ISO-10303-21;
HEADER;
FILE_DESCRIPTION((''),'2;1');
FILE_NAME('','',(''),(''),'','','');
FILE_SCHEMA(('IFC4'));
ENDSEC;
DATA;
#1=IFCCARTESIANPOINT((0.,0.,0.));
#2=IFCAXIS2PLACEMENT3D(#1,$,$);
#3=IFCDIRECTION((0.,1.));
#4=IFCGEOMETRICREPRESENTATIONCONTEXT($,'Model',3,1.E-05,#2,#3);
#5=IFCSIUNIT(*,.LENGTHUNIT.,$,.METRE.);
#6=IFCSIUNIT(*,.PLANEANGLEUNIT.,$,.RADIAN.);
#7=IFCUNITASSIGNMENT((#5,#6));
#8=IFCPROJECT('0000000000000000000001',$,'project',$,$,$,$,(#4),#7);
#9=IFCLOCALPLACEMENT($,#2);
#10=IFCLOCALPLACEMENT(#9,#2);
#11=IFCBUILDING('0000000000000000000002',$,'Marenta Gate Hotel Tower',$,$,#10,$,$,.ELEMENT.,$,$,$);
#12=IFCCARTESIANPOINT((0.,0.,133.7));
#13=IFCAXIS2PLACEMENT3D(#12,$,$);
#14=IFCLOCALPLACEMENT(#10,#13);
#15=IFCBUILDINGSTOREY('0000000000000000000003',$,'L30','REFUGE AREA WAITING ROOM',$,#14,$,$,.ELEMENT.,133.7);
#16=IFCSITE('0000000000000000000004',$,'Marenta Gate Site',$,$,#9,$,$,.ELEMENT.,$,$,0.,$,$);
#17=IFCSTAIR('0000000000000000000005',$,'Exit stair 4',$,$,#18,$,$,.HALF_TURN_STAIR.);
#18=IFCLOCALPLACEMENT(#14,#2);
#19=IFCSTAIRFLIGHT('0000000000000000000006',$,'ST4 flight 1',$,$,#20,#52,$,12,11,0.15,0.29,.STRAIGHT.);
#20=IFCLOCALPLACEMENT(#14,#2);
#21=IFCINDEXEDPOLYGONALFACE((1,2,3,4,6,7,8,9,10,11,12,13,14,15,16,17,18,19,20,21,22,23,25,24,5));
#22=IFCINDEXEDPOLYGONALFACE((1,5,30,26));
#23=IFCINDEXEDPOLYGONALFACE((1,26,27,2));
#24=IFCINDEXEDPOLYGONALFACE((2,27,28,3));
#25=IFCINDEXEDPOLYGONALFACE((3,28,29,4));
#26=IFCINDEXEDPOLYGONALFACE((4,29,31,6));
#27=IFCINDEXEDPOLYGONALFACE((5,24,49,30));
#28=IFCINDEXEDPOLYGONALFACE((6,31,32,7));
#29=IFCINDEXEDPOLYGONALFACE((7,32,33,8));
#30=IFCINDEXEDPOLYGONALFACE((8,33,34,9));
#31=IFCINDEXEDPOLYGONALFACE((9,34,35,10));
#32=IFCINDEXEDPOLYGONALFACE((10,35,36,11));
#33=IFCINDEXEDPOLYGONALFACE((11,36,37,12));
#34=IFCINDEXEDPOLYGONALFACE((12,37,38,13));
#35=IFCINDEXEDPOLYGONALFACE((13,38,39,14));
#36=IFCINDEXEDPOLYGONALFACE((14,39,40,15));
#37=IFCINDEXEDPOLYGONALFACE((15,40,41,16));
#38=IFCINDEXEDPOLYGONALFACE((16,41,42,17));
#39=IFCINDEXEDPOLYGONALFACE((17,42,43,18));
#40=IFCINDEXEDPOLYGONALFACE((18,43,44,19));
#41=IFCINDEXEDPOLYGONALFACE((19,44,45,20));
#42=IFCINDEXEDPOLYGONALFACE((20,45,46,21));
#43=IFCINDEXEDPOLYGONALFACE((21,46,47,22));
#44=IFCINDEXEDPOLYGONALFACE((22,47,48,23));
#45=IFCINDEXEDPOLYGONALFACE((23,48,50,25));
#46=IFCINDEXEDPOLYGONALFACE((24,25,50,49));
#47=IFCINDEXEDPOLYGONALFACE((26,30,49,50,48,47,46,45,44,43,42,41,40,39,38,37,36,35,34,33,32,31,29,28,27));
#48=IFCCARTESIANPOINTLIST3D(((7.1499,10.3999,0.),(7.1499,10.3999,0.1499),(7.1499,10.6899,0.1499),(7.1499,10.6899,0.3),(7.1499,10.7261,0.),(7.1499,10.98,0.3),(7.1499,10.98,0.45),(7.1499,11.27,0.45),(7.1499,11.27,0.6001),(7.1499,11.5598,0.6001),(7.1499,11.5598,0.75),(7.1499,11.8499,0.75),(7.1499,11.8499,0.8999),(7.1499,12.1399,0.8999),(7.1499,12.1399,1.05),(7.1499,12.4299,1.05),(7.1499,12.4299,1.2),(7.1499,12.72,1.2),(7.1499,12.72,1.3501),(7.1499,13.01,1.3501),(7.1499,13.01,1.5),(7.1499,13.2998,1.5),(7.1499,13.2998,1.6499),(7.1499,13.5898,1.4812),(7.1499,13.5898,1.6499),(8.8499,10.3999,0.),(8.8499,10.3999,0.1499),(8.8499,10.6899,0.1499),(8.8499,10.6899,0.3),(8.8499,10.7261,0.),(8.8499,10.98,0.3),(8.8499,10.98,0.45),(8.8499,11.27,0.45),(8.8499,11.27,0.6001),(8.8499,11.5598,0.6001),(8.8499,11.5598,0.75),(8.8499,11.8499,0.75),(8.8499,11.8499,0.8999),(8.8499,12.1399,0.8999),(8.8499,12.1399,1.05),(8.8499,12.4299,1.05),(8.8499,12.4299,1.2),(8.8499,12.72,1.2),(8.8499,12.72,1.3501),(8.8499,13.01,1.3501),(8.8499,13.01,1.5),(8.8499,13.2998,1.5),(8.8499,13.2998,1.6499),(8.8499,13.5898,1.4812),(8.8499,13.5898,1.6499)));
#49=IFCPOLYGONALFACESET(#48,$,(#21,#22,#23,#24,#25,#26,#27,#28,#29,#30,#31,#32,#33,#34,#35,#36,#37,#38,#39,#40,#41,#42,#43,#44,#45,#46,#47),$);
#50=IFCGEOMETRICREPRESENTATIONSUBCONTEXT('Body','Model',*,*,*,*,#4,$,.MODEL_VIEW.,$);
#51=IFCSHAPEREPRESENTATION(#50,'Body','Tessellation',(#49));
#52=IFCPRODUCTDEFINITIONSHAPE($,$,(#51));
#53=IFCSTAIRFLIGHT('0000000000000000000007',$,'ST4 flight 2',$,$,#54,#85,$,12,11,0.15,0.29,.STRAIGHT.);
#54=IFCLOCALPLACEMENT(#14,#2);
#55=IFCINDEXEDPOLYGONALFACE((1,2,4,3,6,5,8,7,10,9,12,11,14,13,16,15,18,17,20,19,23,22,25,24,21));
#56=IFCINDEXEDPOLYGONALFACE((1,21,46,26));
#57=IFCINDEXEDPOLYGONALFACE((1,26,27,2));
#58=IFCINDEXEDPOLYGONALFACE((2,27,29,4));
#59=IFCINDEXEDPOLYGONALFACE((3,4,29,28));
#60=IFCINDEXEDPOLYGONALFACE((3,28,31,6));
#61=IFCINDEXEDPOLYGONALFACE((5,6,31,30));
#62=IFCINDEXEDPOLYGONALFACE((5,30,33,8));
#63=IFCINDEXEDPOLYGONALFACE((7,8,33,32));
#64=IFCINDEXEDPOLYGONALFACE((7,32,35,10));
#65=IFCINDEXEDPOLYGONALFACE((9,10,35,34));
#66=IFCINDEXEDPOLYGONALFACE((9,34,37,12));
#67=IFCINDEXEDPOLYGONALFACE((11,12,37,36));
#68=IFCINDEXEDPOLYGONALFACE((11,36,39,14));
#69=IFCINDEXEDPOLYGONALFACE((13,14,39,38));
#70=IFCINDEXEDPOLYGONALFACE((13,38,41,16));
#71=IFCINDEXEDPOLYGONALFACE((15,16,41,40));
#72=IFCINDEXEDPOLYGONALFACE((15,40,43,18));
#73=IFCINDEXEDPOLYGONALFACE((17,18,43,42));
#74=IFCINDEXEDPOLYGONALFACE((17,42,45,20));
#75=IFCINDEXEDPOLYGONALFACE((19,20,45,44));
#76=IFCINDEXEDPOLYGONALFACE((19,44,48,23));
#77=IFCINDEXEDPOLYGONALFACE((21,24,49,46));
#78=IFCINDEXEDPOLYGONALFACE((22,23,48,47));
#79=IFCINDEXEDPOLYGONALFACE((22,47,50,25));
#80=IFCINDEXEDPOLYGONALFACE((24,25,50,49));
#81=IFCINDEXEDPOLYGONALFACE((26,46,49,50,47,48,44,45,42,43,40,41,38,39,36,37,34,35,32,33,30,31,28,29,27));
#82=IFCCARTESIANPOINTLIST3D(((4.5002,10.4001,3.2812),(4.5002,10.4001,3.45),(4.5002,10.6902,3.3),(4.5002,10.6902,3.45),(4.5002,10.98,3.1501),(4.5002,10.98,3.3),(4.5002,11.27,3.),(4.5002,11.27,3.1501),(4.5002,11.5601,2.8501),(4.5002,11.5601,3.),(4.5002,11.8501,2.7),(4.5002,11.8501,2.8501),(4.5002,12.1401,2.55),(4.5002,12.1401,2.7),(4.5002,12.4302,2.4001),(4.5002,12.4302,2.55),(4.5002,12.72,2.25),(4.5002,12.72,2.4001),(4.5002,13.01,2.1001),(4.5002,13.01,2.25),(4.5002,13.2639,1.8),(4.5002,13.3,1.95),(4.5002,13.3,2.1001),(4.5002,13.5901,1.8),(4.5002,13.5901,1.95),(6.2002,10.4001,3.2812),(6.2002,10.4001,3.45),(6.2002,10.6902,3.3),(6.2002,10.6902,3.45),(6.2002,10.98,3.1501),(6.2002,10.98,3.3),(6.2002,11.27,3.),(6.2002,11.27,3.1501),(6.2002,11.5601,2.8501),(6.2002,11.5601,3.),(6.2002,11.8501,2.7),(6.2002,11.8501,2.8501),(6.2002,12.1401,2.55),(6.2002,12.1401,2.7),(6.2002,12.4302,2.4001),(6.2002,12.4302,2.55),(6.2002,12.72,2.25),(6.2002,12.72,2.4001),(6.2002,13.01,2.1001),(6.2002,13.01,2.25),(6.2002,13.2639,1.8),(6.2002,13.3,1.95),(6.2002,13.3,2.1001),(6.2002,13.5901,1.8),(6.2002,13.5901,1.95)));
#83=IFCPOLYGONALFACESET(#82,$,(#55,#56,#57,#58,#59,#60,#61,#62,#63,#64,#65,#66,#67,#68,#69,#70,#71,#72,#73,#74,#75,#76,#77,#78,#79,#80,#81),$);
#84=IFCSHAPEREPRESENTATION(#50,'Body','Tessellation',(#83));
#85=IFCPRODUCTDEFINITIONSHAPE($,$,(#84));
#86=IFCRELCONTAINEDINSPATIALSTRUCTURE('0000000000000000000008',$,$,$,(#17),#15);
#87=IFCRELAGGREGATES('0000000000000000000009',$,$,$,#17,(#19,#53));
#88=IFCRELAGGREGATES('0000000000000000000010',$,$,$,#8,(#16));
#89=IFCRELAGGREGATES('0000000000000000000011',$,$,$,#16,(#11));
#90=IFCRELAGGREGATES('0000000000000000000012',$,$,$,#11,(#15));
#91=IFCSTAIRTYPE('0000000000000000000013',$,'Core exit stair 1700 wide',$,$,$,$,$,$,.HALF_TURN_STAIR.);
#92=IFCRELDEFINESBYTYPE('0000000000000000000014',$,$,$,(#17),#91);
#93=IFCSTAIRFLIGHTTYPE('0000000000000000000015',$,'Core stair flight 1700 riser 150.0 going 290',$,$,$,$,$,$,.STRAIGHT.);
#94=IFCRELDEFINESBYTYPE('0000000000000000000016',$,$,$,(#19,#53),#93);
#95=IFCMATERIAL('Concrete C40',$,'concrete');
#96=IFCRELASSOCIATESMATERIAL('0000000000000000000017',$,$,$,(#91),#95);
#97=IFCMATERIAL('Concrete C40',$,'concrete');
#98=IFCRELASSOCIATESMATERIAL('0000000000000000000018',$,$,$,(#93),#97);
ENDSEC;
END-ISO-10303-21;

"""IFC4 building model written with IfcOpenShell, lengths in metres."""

from ifc_helpers import new_model, si_unit, direction, frame, origin, place, context, subcontext, project, spatial, polyline, outline, extrude, material, type_object, element, aggregate, save


model = new_model("IFC4")

# Units and contexts
model_context = context("Model", 3, precision=1e-05, world=origin(), true_north=direction((0.0, 1.0)))
body_context = subcontext(model_context, "Body", "Model", "MODEL_VIEW")
ifc_project = project(units=[si_unit("LENGTHUNIT", "METRE"), si_unit("PLANEANGLEUNIT", "RADIAN")], contexts=[model_context])

# Site, building, storey
site_placement = place(None, origin())
site = spatial("IfcSite", under=ifc_project, at=site_placement, Name="Marenta Gate Site", CompositionType="ELEMENT", RefElevation=0.0)
building_placement = place(site_placement, origin())
building = spatial("IfcBuilding", under=site, at=building_placement, Name="Marenta Gate Hotel Tower", CompositionType="ELEMENT")
storey_placement = place(building_placement, frame((0.0, 0.0, 133.7)))
storey = spatial("IfcBuildingStorey", under=building, at=storey_placement, Name="L30", Description="REFUGE AREA WAITING ROOM", CompositionType="ELEMENT", Elevation=133.7)

# Stair, stair flights
ifc_material_1 = material(Name="Concrete C40", Category="concrete")
stair_type_1 = type_object("IfcStairType", Name="Core exit stair 1700 wide", PredefinedType="HALF_TURN_STAIR", material=ifc_material_1)
ifc_material_2 = material(Name="Concrete C40", Category="concrete")
stair_flight_type = type_object("IfcStairFlightType", Name="Core stair flight 1700 riser 150.0 going 290", PredefinedType="STRAIGHT", material=ifc_material_2)
stair_1_placement = place(storey_placement, origin())
stair_1 = element("IfcStair", 1, at=stair_1_placement, inside=storey, type_object=stair_type_1, Name="Exit stair 4", PredefinedType="HALF_TURN_STAIR")
stair_flight_1_placement = place(storey_placement, frame((8.0, 10.3999, 0.0), z_axis=(0.0, 0.0, 1.0), x_axis=(0.0, 1.0, 0.0)))
stair_flight_1 = element("IfcStairFlight", 2, at=stair_flight_1_placement, type_object=stair_flight_type, Name="ST4 flight 1", NumberOfRisers=12, NumberOfTreads=11, PredefinedType="STRAIGHT", RiserHeight=0.15, TreadLength=0.29, context=body_context, shape_type="SweptSolid", body=[
    extrude(outline(polyline([(0.0, 0.0), (0.0, 0.1499), (0.29, 0.1499), (0.29, 0.3), (0.5801, 0.3), (0.5801, 0.45), (0.8701, 0.45), (0.8701, 0.6001), (1.1599, 0.6001), (1.1599, 0.75), (1.45, 0.75), (1.45, 0.8999), (1.74, 0.8999), (1.74, 1.05), (2.03, 1.05), (2.03, 1.2), (2.3201, 1.2), (2.3201, 1.3501), (2.6101, 1.3501), (2.6101, 1.5), (2.8999, 1.5), (2.8999, 1.6499), (3.1899, 1.6499), (3.1899, 1.8), (3.1899, 1.4812), (0.3262, 0.0), (0.0, 0.0)])), frame((0.0, 0.8501, 0.0), z_axis=(0.0, -1.0, 0.0), x_axis=(1.0, 0.0, 0.0)), (0.0, 0.0, 1.0), 1.7),
])
stair_flight_2_placement = place(storey_placement, frame((5.3501, 13.5901, 1.8), z_axis=(0.0, 0.0, 1.0), x_axis=(0.0, -1.0, 0.0)))
stair_flight_2 = element("IfcStairFlight", 3, at=stair_flight_2_placement, type_object=stair_flight_type, Name="ST4 flight 2", NumberOfRisers=12, NumberOfTreads=11, PredefinedType="STRAIGHT", RiserHeight=0.15, TreadLength=0.29, context=body_context, shape_type="SweptSolid", body=[
    extrude(outline(polyline([(0.0, 0.0), (0.0, 0.1499), (0.29, 0.1499), (0.29, 0.3), (0.5801, 0.3), (0.5801, 0.45), (0.8701, 0.45), (0.8701, 0.6001), (1.1599, 0.6001), (1.1599, 0.75), (1.45, 0.75), (1.45, 0.8999), (1.74, 0.8999), (1.74, 1.05), (2.03, 1.05), (2.03, 1.2), (2.3201, 1.2), (2.3201, 1.3501), (2.6101, 1.3501), (2.6101, 1.5), (2.8999, 1.5), (2.8999, 1.6499), (3.1899, 1.6499), (3.1899, 1.8), (3.1899, 1.4812), (0.3262, 0.0), (0.0, 0.0)])), frame((0.0, 0.8501, 0.0), z_axis=(0.0, -1.0, 0.0), x_axis=(1.0, 0.0, 0.0)), (0.0, 0.0, 1.0), 1.7),
])
aggregate(stair_1, [stair_flight_1, stair_flight_2])

save(model, "model.ifc")
